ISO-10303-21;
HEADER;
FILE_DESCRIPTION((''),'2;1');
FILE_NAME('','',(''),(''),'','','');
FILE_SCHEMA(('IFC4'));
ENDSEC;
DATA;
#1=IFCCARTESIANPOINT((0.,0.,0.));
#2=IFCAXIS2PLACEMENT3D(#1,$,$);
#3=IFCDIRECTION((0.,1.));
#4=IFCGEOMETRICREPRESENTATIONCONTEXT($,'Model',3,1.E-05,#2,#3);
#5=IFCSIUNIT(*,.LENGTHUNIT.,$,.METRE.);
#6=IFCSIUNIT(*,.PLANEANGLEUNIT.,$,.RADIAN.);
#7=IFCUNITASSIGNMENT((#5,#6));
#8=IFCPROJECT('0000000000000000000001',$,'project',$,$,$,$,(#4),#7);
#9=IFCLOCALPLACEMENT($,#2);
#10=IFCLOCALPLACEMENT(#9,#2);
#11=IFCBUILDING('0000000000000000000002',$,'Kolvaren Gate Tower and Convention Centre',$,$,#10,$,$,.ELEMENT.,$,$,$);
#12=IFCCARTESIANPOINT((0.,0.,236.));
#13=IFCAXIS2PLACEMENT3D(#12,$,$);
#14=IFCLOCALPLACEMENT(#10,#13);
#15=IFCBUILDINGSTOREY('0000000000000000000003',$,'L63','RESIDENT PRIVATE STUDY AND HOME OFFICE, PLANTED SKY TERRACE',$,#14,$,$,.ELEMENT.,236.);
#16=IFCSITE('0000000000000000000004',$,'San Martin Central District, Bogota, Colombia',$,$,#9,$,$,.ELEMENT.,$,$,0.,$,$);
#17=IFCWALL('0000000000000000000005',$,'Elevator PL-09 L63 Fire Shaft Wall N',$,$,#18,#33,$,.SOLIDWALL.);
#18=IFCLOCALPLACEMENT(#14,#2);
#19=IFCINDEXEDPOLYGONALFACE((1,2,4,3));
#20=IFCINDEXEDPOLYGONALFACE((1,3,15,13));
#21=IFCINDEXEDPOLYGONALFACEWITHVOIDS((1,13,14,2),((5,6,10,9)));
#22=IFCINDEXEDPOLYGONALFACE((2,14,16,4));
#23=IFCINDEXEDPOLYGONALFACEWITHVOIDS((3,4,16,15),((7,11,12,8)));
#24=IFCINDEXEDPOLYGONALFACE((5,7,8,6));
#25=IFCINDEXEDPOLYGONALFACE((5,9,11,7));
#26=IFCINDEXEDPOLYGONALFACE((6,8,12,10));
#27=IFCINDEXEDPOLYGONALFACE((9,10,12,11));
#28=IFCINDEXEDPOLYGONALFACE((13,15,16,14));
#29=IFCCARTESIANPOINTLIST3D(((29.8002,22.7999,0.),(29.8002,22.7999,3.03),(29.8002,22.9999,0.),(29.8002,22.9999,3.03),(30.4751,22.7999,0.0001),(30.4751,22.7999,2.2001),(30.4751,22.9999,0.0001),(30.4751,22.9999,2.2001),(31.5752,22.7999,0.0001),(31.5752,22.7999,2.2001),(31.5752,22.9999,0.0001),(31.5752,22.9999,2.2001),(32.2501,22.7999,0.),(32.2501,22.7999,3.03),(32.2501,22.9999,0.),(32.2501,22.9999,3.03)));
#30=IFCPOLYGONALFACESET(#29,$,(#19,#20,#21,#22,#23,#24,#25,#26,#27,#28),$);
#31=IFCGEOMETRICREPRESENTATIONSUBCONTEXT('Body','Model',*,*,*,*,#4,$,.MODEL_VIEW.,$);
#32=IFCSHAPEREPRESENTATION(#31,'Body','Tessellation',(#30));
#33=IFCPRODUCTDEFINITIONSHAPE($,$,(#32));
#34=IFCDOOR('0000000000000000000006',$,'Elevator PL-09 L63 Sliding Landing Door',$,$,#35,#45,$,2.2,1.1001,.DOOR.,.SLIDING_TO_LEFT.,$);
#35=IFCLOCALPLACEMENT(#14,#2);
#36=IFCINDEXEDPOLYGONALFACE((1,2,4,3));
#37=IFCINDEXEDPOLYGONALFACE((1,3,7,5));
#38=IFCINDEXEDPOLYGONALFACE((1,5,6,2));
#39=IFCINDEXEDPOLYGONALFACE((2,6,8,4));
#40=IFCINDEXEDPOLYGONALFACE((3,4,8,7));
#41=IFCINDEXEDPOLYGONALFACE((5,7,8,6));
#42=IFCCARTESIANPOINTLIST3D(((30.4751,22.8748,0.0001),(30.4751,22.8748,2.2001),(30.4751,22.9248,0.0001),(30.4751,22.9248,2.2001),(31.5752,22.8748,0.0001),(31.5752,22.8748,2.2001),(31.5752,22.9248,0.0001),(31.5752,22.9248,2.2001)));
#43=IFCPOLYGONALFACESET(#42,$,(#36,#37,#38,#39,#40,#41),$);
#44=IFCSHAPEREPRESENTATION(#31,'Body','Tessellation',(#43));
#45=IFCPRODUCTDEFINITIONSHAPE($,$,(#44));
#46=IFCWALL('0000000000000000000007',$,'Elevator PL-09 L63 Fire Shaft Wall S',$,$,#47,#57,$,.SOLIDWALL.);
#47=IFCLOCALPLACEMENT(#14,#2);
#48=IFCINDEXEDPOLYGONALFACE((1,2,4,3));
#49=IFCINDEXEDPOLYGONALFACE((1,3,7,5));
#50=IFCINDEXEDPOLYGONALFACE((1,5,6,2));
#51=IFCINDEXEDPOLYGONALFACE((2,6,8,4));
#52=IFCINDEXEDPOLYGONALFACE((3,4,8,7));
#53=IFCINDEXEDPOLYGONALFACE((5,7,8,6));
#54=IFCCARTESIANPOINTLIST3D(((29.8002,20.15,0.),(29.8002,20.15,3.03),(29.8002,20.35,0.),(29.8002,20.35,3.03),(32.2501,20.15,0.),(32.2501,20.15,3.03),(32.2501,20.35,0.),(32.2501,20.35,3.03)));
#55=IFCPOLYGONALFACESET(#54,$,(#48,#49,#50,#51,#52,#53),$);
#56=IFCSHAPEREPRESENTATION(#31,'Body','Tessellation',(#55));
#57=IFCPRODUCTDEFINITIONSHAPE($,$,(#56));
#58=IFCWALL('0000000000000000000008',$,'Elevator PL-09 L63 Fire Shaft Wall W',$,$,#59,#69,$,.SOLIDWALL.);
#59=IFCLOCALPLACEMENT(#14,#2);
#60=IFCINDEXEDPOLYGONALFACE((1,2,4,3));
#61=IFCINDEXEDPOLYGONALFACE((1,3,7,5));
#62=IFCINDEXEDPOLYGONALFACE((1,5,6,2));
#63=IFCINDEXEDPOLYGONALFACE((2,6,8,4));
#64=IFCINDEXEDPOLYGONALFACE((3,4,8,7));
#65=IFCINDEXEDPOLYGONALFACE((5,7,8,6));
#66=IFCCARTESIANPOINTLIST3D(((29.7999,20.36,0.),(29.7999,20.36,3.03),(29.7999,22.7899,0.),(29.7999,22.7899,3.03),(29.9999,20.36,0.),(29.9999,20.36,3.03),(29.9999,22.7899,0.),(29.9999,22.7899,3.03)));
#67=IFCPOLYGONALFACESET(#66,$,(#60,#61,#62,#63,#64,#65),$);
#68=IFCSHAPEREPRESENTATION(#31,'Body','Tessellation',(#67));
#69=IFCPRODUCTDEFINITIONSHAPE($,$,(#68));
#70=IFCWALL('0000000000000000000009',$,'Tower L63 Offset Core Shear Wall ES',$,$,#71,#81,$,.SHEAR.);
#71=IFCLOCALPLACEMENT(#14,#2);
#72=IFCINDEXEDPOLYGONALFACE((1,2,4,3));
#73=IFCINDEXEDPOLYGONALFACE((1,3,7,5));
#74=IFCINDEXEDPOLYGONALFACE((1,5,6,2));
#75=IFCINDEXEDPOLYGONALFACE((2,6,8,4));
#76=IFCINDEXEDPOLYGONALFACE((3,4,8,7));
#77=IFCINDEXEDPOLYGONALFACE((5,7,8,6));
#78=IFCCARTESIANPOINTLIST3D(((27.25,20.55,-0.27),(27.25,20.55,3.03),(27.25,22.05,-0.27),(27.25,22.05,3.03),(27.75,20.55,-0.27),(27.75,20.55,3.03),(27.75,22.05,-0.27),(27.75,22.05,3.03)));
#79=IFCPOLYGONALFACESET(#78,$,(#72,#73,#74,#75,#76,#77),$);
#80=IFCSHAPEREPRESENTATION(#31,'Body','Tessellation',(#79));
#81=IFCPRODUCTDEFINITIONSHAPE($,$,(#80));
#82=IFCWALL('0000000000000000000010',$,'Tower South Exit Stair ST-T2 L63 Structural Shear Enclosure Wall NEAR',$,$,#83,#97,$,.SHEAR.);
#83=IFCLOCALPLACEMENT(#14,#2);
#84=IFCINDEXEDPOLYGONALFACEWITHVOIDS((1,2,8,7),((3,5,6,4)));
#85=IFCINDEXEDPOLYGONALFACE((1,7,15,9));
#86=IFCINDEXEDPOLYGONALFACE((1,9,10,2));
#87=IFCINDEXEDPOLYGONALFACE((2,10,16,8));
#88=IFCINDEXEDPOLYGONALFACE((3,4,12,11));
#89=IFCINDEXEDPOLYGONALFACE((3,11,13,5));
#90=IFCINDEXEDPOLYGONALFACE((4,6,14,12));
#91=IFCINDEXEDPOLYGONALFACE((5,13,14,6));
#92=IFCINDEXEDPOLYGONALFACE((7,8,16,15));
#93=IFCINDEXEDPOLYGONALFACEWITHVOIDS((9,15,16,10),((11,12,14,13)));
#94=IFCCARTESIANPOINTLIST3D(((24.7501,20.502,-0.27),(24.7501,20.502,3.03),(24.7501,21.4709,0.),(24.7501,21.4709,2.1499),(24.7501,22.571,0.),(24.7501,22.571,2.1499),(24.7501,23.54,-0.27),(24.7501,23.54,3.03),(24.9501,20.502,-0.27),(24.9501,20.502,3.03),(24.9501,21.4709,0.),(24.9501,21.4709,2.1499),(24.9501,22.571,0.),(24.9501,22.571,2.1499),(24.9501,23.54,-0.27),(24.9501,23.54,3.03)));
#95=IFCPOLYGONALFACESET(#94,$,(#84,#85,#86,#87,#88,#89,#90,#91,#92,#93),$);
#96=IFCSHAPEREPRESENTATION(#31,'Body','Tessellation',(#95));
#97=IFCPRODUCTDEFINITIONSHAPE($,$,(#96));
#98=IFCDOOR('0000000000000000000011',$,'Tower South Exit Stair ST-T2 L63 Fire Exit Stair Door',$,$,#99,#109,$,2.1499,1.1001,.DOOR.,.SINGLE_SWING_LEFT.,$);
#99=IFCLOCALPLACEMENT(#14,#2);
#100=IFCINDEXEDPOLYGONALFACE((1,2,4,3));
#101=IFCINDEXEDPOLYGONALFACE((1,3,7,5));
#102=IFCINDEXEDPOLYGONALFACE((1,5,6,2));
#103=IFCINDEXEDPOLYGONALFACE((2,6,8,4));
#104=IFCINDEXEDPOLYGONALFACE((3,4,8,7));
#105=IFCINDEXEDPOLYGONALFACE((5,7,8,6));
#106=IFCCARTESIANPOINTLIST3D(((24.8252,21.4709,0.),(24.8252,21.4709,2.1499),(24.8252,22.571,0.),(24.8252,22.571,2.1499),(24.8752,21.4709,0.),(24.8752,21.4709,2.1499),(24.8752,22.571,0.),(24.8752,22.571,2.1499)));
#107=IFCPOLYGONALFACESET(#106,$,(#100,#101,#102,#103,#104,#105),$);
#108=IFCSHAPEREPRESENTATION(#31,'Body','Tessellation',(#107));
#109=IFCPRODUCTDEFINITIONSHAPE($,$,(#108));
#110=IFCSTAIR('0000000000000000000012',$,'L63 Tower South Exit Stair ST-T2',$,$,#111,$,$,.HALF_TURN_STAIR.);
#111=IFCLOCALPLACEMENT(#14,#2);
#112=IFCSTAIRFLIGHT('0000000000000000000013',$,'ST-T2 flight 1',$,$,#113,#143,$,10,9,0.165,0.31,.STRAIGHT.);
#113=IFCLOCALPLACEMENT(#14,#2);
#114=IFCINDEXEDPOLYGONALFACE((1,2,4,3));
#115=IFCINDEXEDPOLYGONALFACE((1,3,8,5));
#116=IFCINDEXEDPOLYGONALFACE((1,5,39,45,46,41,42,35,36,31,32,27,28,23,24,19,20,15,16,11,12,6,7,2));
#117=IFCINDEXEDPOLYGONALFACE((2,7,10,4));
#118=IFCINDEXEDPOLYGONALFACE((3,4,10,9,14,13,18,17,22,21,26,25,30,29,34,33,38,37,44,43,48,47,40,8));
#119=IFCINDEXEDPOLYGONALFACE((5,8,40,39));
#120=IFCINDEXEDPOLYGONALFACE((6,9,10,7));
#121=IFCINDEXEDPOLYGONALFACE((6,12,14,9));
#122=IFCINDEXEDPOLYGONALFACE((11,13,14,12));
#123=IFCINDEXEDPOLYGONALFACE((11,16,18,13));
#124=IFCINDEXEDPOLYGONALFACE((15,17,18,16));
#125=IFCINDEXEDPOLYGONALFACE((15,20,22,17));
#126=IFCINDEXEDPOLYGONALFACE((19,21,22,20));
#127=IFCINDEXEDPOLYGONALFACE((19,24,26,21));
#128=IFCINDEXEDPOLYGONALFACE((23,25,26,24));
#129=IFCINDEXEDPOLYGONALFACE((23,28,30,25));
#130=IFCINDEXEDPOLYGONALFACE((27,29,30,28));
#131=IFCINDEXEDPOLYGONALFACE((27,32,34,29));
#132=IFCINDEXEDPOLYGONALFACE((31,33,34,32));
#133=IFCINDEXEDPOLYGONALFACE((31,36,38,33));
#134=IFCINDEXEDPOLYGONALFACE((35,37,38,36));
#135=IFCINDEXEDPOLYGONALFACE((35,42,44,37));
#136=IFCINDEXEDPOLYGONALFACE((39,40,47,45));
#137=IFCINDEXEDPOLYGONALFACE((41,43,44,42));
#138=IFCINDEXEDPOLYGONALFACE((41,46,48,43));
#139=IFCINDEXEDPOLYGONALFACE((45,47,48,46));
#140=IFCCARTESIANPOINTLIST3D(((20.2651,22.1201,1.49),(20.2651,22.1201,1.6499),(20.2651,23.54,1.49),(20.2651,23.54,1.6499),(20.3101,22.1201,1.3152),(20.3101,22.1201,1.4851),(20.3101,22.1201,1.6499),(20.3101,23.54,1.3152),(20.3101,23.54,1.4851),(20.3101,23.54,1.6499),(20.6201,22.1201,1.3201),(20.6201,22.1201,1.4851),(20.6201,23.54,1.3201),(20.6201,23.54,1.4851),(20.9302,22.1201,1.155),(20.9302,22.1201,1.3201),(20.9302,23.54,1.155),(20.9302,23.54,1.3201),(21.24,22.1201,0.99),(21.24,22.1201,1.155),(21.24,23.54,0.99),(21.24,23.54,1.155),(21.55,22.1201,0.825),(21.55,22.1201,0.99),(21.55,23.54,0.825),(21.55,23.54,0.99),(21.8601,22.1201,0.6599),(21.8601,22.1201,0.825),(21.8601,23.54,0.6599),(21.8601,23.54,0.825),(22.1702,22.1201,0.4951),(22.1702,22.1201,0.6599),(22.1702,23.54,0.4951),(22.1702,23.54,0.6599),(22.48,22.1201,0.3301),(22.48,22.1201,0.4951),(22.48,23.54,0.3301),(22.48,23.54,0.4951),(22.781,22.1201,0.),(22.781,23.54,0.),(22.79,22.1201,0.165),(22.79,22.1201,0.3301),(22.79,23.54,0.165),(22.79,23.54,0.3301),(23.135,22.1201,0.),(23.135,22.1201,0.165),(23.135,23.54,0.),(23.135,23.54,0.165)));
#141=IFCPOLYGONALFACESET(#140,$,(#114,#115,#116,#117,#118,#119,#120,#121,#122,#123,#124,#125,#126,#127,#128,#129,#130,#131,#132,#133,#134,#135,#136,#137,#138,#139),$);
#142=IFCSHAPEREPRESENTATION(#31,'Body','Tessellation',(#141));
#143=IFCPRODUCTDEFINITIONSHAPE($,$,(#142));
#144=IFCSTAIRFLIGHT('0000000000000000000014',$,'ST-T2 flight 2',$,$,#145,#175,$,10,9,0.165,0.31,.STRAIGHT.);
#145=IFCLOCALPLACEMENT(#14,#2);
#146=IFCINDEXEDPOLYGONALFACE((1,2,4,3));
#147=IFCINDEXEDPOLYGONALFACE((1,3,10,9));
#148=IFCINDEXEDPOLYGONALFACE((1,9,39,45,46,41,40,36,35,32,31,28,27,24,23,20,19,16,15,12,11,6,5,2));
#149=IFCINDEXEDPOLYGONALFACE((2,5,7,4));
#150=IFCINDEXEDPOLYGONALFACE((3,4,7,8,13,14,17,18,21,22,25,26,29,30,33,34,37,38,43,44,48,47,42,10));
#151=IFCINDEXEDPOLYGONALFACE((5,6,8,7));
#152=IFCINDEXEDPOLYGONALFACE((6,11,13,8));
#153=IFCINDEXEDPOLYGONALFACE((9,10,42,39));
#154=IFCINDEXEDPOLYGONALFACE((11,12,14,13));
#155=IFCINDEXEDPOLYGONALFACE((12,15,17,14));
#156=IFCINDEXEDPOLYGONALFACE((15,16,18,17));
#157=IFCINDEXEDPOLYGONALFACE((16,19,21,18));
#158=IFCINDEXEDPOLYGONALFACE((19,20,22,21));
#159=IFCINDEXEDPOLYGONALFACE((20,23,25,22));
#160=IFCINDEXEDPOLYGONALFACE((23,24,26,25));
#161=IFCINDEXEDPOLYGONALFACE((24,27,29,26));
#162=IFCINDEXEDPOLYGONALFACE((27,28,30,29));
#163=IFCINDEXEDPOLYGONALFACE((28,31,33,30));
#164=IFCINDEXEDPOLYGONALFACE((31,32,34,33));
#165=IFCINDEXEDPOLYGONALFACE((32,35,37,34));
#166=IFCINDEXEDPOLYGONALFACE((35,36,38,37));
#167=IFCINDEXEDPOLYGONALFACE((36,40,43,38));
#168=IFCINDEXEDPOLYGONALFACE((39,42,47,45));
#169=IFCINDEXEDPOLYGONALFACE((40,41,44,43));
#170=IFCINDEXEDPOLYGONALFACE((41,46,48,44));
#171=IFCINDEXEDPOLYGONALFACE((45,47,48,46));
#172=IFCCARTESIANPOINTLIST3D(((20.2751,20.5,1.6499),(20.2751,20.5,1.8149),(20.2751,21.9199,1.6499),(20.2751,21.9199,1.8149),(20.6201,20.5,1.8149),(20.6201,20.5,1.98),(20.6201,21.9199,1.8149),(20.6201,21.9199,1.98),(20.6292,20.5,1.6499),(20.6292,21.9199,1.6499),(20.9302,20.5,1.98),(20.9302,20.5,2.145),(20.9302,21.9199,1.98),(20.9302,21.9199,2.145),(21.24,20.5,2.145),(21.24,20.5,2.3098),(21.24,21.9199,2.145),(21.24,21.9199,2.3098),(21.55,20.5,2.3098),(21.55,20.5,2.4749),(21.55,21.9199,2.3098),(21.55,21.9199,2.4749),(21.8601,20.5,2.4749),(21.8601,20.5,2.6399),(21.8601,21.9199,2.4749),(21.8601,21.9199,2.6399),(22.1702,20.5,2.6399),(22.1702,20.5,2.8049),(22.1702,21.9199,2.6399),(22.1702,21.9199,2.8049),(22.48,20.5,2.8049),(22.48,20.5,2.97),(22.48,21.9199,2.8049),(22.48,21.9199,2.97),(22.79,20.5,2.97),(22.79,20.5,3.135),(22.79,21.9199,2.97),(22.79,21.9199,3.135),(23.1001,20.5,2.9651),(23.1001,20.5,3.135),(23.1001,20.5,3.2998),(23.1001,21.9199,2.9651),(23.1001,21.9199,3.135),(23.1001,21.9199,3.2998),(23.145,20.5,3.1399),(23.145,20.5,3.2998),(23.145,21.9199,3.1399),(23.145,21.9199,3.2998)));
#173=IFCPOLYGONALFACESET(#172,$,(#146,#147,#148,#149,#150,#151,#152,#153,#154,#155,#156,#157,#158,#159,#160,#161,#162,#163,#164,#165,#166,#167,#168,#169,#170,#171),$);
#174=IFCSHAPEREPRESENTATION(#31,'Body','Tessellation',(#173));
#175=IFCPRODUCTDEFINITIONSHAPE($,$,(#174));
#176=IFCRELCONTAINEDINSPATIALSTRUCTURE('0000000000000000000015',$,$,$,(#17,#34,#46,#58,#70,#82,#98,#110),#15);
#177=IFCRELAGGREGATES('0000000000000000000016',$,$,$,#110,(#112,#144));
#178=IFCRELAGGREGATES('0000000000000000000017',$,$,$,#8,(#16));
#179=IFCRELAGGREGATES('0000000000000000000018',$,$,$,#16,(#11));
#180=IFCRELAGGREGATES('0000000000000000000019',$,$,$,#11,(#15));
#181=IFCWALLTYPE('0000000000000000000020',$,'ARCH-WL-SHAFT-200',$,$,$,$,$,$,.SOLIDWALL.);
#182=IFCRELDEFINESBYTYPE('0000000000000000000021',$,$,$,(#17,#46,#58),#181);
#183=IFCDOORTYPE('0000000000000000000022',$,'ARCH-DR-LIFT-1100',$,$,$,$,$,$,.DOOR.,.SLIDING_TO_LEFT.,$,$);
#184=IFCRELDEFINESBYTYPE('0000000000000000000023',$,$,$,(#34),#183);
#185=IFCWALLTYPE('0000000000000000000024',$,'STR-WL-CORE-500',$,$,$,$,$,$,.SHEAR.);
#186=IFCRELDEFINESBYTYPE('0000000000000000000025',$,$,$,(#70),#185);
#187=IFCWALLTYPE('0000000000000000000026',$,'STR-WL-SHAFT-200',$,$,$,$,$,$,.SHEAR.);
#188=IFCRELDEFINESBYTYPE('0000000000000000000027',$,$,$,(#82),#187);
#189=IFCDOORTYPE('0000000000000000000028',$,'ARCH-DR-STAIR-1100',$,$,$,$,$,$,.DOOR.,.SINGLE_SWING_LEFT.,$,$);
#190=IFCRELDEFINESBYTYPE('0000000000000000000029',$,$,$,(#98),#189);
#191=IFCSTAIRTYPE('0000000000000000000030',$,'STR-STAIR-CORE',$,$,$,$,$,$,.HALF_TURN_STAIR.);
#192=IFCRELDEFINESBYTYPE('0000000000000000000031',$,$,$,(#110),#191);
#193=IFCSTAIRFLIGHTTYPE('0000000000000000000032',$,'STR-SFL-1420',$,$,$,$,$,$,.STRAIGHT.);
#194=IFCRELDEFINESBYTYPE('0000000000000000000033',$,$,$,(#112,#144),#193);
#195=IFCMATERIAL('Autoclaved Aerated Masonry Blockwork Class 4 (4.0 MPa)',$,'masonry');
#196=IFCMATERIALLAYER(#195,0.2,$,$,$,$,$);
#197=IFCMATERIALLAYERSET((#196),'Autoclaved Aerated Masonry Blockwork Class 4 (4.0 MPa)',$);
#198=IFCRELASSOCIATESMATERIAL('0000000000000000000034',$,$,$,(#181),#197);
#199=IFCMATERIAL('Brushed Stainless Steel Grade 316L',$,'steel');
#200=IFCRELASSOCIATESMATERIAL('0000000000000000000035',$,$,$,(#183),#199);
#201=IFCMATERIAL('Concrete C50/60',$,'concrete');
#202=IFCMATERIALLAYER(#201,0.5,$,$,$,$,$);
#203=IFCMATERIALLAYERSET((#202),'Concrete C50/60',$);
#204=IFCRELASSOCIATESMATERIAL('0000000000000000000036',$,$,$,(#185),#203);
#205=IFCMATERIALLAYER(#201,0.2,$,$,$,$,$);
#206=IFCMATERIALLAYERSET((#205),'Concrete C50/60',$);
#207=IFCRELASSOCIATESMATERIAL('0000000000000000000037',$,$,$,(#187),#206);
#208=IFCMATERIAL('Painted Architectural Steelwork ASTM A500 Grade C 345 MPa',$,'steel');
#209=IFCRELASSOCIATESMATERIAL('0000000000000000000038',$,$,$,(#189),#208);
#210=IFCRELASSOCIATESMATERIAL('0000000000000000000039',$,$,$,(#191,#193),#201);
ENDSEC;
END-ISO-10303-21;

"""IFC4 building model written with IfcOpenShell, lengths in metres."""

from ifc_helpers import new_model, si_unit, direction, frame, frame_2d, origin, place, context, subcontext, project, spatial, polyline, rectangle, outline, extrude, material, layer, layer_set, type_object, element, fill, aggregate, save


model = new_model("IFC4")

# Units and contexts
model_context = context("Model", 3, precision=1e-05, world=origin(), true_north=direction((0.0, 1.0)))
body_context = subcontext(model_context, "Body", "Model", "MODEL_VIEW")
ifc_project = project(units=[si_unit("LENGTHUNIT", "METRE"), si_unit("PLANEANGLEUNIT", "RADIAN")], contexts=[model_context])

# Site, building, storey
site_placement = place(None, origin())
site = spatial("IfcSite", under=ifc_project, at=site_placement, Name="San Martin Central District, Bogota, Colombia", CompositionType="ELEMENT", RefElevation=0.0)
building_placement = place(site_placement, origin())
building = spatial("IfcBuilding", under=site, at=building_placement, Name="Kolvaren Gate Tower and Convention Centre", CompositionType="ELEMENT")
storey_placement = place(building_placement, frame((0.0, 0.0, 236.0)))
storey = spatial("IfcBuildingStorey", under=building, at=storey_placement, Name="L63", Description="RESIDENT PRIVATE STUDY AND HOME OFFICE, PLANTED SKY TERRACE", CompositionType="ELEMENT", Elevation=236.0)

# Shared definitions
ifc_material_1 = material(Name="Autoclaved Aerated Masonry Blockwork Class 4 (4.0 MPa)", Category="masonry")

# Shared definitions
ifc_material_2 = material(Name="Painted Architectural Steelwork ASTM A500 Grade C 345 MPa", Category="steel")

# Shared definitions
ifc_layer_1 = layer(ifc_material_1, 0.2)
ifc_layer_set_1 = layer_set([ifc_layer_1], Name="Autoclaved Aerated Masonry Blockwork Class 4 (4.0 MPa)")
wall_type_1 = type_object("IfcWallType", Name="ARCH-WL-SHAFT-200", PredefinedType="SOLIDWALL", material=ifc_layer_set_1)

# Wall, opening, door
ifc_material_3 = material(Name="Brushed Stainless Steel Grade 316L", Category="steel")
door_type_1 = type_object("IfcDoorType", Name="ARCH-DR-LIFT-1100", OperationType="SLIDING_TO_LEFT", PredefinedType="DOOR", material=ifc_material_3)
wall_1_placement = place(storey_placement, frame((29.8, 22.8999, 0.0), z_axis=(0.0, 0.0, 1.0), x_axis=(1.0, 0.0, 0.0)))
wall_1 = element("IfcWall", 1, at=wall_1_placement, inside=storey, type_object=wall_type_1, Name="Elevator PL-09 L63 Fire Shaft Wall N", PredefinedType="SOLIDWALL", context=body_context, shape_type="SweptSolid", body=[
    extrude(rectangle(XDim=2.45, YDim=0.2, at=frame_2d((1.2251, 0.0))), origin(), (0.0, 0.0, 1.0), 3.03),
])
opening_1_placement = place(wall_1_placement, frame((0.675, 0.0, 0.0)))
opening_1 = element("IfcOpeningElement", 2, at=opening_1_placement, cuts=wall_1, PredefinedType="OPENING", context=body_context, shape_type="SweptSolid", body=[
    extrude(rectangle(XDim=1.1001, YDim=2.2, at=frame_2d((0.55, 1.1001))), frame((0.0, 0.1099, 0.0), z_axis=(0.0, -1.0, 0.0), x_axis=(1.0, 0.0, 0.0)), (0.0, 0.0, 1.0), 0.22),
])
door_1_placement = place(opening_1_placement, origin())
door_1 = element("IfcDoor", 3, at=door_1_placement, inside=storey, type_object=door_type_1, Name="Elevator PL-09 L63 Sliding Landing Door", OperationType="SLIDING_TO_LEFT", OverallHeight=2.2, OverallWidth=1.1001, PredefinedType="DOOR", context=body_context, shape_type="SweptSolid", body=[
    extrude(rectangle(XDim=1.1001, YDim=2.2, at=frame_2d((0.55, 1.1001))), frame((0.0, 0.0249, 0.0), z_axis=(0.0, -1.0, 0.0), x_axis=(1.0, 0.0, 0.0)), (0.0, 0.0, 1.0), 0.05),
])
fill(opening_1, door_1)

# Walls
wall_2_placement = place(storey_placement, frame((29.8, 20.25, 0.0), z_axis=(0.0, 0.0, 1.0), x_axis=(1.0, 0.0, 0.0)))
element("IfcWall", 4, at=wall_2_placement, inside=storey, type_object=wall_type_1, Name="Elevator PL-09 L63 Fire Shaft Wall S", PredefinedType="SOLIDWALL", context=body_context, shape_type="SweptSolid", body=[
    extrude(rectangle(XDim=2.45, YDim=0.2, at=frame_2d((1.2251, 0.0))), origin(), (0.0, 0.0, 1.0), 3.03),
])
wall_3_placement = place(storey_placement, frame((29.8999, 20.3601, 0.0), z_axis=(0.0, 0.0, 1.0), x_axis=(0.0, 1.0, 0.0)))
element("IfcWall", 5, at=wall_3_placement, inside=storey, type_object=wall_type_1, Name="Elevator PL-09 L63 Fire Shaft Wall W", PredefinedType="SOLIDWALL", context=body_context, shape_type="SweptSolid", body=[
    extrude(rectangle(XDim=2.4299, YDim=0.2, at=frame_2d((1.2148, 0.0))), origin(), (0.0, 0.0, 1.0), 3.03),
])
ifc_material_4 = material(Name="Concrete C50/60", Category="concrete")
ifc_layer_2 = layer(ifc_material_4, 0.5)
ifc_layer_set_2 = layer_set([ifc_layer_2], Name="Concrete C50/60")
wall_type_2 = type_object("IfcWallType", Name="STR-WL-CORE-500", PredefinedType="SHEAR", material=ifc_layer_set_2)
wall_4_placement = place(storey_placement, frame((27.5, 20.55, -0.27), z_axis=(0.0, 0.0, 1.0), x_axis=(0.0, 1.0, 0.0)))
element("IfcWall", 6, at=wall_4_placement, inside=storey, type_object=wall_type_2, Name="Tower L63 Offset Core Shear Wall ES", PredefinedType="SHEAR", context=body_context, shape_type="SweptSolid", body=[
    extrude(rectangle(XDim=1.5, YDim=0.5, at=frame_2d((0.75, 0.0))), origin(), (0.0, 0.0, 1.0), 3.3),
])

# Wall, opening, door
ifc_layer_3 = layer(ifc_material_4, 0.2)
ifc_layer_set_3 = layer_set([ifc_layer_3], Name="Concrete C50/60")
wall_type_3 = type_object("IfcWallType", Name="STR-WL-SHAFT-200", PredefinedType="SHEAR", material=ifc_layer_set_3)
wall_5_placement = place(storey_placement, frame((24.8501, 20.502, -0.27), z_axis=(0.0, 0.0, 1.0), x_axis=(0.0, 1.0, 0.0)))
wall_5 = element("IfcWall", 7, at=wall_5_placement, inside=storey, type_object=wall_type_3, Name="Tower South Exit Stair ST-T2 L63 Structural Shear Enclosure Wall NEAR", PredefinedType="SHEAR", context=body_context, shape_type="SweptSolid", body=[
    extrude(rectangle(XDim=3.0381, YDim=0.2, at=frame_2d((1.519, 0.0))), origin(), (0.0, 0.0, 1.0), 3.3),
])
opening_2_placement = place(wall_5_placement, frame((0.969, 0.0, 0.27)))
opening_2 = element("IfcOpeningElement", 8, at=opening_2_placement, cuts=wall_5, PredefinedType="OPENING", context=body_context, shape_type="SweptSolid", body=[
    extrude(rectangle(XDim=1.1001, YDim=2.1499, at=frame_2d((0.55, 1.075))), frame((0.0, 0.1099, 0.0), z_axis=(0.0, -1.0, 0.0), x_axis=(1.0, 0.0, 0.0)), (0.0, 0.0, 1.0), 0.22),
])
door_type_2 = type_object("IfcDoorType", Name="ARCH-DR-STAIR-1100", OperationType="SINGLE_SWING_LEFT", PredefinedType="DOOR", material=ifc_material_2)
door_2_placement = place(opening_2_placement, origin())
door_2 = element("IfcDoor", 9, at=door_2_placement, inside=storey, type_object=door_type_2, Name="Tower South Exit Stair ST-T2 L63 Fire Exit Stair Door", OperationType="SINGLE_SWING_LEFT", OverallHeight=2.1499, OverallWidth=1.1001, PredefinedType="DOOR", context=body_context, shape_type="SweptSolid", body=[
    extrude(rectangle(XDim=1.1001, YDim=2.1499, at=frame_2d((0.55, 1.075))), frame((0.0, 0.0249, 0.0), z_axis=(0.0, -1.0, 0.0), x_axis=(1.0, 0.0, 0.0)), (0.0, 0.0, 1.0), 0.05),
])
fill(opening_2, door_2)

# Stair, stair flights
stair_type = type_object("IfcStairType", Name="STR-STAIR-CORE", PredefinedType="HALF_TURN_STAIR", material=ifc_material_4)
stair_placement = place(storey_placement, origin())
stair = element("IfcStair", 10, at=stair_placement, inside=storey, type_object=stair_type, Name="L63 Tower South Exit Stair ST-T2", PredefinedType="HALF_TURN_STAIR")
stair_flight_type = type_object("IfcStairFlightType", Name="STR-SFL-1420", PredefinedType="STRAIGHT", material=ifc_material_4)
stair_flight_1_placement = place(storey_placement, frame((23.1001, 22.8301, 0.0), z_axis=(0.0, 0.0, 1.0), x_axis=(-1.0, 0.0, 0.0)))
stair_flight_1 = element("IfcStairFlight", 11, at=stair_flight_1_placement, type_object=stair_flight_type, Name="ST-T2 flight 1", NumberOfRisers=10, NumberOfTreads=9, PredefinedType="STRAIGHT", RiserHeight=0.165, TreadLength=0.31, context=body_context, shape_type="SweptSolid", body=[
    extrude(outline(polyline([(-0.0349, 0.0), (-0.0349, 0.165), (0.3101, 0.165), (0.3101, 0.3301), (0.6201, 0.3301), (0.6201, 0.4951), (0.9299, 0.4951), (0.9299, 0.6599), (1.24, 0.6599), (1.24, 0.825), (1.55, 0.825), (1.55, 0.99), (1.8601, 0.99), (1.8601, 1.155), (2.1699, 1.155), (2.1699, 1.3201), (2.48, 1.3201), (2.48, 1.4851), (2.79, 1.4851), (2.79, 1.6499), (2.835, 1.6499), (2.835, 1.49), (2.79, 1.3152), (0.3191, 0.0), (-0.0349, 0.0)])), frame((0.0, 0.71, 0.0), z_axis=(0.0, -1.0, 0.0), x_axis=(1.0, 0.0, 0.0)), (0.0, 0.0, 1.0), 1.4199),
])
stair_flight_2_placement = place(storey_placement, frame((20.3101, 21.21, 1.6499), z_axis=(0.0, 0.0, 1.0), x_axis=(1.0, 0.0, 0.0)))
stair_flight_2 = element("IfcStairFlight", 12, at=stair_flight_2_placement, type_object=stair_flight_type, Name="ST-T2 flight 2", NumberOfRisers=10, NumberOfTreads=9, PredefinedType="STRAIGHT", RiserHeight=0.165, TreadLength=0.31, context=body_context, shape_type="SweptSolid", body=[
    extrude(outline(polyline([(-0.0349, 0.0), (-0.0349, 0.165), (0.3101, 0.165), (0.3101, 0.3301), (0.6201, 0.3301), (0.6201, 0.4951), (0.9299, 0.4951), (0.9299, 0.6599), (1.24, 0.6599), (1.24, 0.825), (1.55, 0.825), (1.55, 0.99), (1.8601, 0.99), (1.8601, 1.155), (2.1699, 1.155), (2.1699, 1.3201), (2.48, 1.3201), (2.48, 1.4851), (2.79, 1.4851), (2.79, 1.6499), (2.835, 1.6499), (2.835, 1.49), (2.79, 1.3152), (0.3191, 0.0), (-0.0349, 0.0)])), frame((0.0, 0.71, 0.0), z_axis=(0.0, -1.0, 0.0), x_axis=(1.0, 0.0, 0.0)), (0.0, 0.0, 1.0), 1.4199),
])
aggregate(stair, [stair_flight_1, stair_flight_2])

save(model, "model.ifc")
